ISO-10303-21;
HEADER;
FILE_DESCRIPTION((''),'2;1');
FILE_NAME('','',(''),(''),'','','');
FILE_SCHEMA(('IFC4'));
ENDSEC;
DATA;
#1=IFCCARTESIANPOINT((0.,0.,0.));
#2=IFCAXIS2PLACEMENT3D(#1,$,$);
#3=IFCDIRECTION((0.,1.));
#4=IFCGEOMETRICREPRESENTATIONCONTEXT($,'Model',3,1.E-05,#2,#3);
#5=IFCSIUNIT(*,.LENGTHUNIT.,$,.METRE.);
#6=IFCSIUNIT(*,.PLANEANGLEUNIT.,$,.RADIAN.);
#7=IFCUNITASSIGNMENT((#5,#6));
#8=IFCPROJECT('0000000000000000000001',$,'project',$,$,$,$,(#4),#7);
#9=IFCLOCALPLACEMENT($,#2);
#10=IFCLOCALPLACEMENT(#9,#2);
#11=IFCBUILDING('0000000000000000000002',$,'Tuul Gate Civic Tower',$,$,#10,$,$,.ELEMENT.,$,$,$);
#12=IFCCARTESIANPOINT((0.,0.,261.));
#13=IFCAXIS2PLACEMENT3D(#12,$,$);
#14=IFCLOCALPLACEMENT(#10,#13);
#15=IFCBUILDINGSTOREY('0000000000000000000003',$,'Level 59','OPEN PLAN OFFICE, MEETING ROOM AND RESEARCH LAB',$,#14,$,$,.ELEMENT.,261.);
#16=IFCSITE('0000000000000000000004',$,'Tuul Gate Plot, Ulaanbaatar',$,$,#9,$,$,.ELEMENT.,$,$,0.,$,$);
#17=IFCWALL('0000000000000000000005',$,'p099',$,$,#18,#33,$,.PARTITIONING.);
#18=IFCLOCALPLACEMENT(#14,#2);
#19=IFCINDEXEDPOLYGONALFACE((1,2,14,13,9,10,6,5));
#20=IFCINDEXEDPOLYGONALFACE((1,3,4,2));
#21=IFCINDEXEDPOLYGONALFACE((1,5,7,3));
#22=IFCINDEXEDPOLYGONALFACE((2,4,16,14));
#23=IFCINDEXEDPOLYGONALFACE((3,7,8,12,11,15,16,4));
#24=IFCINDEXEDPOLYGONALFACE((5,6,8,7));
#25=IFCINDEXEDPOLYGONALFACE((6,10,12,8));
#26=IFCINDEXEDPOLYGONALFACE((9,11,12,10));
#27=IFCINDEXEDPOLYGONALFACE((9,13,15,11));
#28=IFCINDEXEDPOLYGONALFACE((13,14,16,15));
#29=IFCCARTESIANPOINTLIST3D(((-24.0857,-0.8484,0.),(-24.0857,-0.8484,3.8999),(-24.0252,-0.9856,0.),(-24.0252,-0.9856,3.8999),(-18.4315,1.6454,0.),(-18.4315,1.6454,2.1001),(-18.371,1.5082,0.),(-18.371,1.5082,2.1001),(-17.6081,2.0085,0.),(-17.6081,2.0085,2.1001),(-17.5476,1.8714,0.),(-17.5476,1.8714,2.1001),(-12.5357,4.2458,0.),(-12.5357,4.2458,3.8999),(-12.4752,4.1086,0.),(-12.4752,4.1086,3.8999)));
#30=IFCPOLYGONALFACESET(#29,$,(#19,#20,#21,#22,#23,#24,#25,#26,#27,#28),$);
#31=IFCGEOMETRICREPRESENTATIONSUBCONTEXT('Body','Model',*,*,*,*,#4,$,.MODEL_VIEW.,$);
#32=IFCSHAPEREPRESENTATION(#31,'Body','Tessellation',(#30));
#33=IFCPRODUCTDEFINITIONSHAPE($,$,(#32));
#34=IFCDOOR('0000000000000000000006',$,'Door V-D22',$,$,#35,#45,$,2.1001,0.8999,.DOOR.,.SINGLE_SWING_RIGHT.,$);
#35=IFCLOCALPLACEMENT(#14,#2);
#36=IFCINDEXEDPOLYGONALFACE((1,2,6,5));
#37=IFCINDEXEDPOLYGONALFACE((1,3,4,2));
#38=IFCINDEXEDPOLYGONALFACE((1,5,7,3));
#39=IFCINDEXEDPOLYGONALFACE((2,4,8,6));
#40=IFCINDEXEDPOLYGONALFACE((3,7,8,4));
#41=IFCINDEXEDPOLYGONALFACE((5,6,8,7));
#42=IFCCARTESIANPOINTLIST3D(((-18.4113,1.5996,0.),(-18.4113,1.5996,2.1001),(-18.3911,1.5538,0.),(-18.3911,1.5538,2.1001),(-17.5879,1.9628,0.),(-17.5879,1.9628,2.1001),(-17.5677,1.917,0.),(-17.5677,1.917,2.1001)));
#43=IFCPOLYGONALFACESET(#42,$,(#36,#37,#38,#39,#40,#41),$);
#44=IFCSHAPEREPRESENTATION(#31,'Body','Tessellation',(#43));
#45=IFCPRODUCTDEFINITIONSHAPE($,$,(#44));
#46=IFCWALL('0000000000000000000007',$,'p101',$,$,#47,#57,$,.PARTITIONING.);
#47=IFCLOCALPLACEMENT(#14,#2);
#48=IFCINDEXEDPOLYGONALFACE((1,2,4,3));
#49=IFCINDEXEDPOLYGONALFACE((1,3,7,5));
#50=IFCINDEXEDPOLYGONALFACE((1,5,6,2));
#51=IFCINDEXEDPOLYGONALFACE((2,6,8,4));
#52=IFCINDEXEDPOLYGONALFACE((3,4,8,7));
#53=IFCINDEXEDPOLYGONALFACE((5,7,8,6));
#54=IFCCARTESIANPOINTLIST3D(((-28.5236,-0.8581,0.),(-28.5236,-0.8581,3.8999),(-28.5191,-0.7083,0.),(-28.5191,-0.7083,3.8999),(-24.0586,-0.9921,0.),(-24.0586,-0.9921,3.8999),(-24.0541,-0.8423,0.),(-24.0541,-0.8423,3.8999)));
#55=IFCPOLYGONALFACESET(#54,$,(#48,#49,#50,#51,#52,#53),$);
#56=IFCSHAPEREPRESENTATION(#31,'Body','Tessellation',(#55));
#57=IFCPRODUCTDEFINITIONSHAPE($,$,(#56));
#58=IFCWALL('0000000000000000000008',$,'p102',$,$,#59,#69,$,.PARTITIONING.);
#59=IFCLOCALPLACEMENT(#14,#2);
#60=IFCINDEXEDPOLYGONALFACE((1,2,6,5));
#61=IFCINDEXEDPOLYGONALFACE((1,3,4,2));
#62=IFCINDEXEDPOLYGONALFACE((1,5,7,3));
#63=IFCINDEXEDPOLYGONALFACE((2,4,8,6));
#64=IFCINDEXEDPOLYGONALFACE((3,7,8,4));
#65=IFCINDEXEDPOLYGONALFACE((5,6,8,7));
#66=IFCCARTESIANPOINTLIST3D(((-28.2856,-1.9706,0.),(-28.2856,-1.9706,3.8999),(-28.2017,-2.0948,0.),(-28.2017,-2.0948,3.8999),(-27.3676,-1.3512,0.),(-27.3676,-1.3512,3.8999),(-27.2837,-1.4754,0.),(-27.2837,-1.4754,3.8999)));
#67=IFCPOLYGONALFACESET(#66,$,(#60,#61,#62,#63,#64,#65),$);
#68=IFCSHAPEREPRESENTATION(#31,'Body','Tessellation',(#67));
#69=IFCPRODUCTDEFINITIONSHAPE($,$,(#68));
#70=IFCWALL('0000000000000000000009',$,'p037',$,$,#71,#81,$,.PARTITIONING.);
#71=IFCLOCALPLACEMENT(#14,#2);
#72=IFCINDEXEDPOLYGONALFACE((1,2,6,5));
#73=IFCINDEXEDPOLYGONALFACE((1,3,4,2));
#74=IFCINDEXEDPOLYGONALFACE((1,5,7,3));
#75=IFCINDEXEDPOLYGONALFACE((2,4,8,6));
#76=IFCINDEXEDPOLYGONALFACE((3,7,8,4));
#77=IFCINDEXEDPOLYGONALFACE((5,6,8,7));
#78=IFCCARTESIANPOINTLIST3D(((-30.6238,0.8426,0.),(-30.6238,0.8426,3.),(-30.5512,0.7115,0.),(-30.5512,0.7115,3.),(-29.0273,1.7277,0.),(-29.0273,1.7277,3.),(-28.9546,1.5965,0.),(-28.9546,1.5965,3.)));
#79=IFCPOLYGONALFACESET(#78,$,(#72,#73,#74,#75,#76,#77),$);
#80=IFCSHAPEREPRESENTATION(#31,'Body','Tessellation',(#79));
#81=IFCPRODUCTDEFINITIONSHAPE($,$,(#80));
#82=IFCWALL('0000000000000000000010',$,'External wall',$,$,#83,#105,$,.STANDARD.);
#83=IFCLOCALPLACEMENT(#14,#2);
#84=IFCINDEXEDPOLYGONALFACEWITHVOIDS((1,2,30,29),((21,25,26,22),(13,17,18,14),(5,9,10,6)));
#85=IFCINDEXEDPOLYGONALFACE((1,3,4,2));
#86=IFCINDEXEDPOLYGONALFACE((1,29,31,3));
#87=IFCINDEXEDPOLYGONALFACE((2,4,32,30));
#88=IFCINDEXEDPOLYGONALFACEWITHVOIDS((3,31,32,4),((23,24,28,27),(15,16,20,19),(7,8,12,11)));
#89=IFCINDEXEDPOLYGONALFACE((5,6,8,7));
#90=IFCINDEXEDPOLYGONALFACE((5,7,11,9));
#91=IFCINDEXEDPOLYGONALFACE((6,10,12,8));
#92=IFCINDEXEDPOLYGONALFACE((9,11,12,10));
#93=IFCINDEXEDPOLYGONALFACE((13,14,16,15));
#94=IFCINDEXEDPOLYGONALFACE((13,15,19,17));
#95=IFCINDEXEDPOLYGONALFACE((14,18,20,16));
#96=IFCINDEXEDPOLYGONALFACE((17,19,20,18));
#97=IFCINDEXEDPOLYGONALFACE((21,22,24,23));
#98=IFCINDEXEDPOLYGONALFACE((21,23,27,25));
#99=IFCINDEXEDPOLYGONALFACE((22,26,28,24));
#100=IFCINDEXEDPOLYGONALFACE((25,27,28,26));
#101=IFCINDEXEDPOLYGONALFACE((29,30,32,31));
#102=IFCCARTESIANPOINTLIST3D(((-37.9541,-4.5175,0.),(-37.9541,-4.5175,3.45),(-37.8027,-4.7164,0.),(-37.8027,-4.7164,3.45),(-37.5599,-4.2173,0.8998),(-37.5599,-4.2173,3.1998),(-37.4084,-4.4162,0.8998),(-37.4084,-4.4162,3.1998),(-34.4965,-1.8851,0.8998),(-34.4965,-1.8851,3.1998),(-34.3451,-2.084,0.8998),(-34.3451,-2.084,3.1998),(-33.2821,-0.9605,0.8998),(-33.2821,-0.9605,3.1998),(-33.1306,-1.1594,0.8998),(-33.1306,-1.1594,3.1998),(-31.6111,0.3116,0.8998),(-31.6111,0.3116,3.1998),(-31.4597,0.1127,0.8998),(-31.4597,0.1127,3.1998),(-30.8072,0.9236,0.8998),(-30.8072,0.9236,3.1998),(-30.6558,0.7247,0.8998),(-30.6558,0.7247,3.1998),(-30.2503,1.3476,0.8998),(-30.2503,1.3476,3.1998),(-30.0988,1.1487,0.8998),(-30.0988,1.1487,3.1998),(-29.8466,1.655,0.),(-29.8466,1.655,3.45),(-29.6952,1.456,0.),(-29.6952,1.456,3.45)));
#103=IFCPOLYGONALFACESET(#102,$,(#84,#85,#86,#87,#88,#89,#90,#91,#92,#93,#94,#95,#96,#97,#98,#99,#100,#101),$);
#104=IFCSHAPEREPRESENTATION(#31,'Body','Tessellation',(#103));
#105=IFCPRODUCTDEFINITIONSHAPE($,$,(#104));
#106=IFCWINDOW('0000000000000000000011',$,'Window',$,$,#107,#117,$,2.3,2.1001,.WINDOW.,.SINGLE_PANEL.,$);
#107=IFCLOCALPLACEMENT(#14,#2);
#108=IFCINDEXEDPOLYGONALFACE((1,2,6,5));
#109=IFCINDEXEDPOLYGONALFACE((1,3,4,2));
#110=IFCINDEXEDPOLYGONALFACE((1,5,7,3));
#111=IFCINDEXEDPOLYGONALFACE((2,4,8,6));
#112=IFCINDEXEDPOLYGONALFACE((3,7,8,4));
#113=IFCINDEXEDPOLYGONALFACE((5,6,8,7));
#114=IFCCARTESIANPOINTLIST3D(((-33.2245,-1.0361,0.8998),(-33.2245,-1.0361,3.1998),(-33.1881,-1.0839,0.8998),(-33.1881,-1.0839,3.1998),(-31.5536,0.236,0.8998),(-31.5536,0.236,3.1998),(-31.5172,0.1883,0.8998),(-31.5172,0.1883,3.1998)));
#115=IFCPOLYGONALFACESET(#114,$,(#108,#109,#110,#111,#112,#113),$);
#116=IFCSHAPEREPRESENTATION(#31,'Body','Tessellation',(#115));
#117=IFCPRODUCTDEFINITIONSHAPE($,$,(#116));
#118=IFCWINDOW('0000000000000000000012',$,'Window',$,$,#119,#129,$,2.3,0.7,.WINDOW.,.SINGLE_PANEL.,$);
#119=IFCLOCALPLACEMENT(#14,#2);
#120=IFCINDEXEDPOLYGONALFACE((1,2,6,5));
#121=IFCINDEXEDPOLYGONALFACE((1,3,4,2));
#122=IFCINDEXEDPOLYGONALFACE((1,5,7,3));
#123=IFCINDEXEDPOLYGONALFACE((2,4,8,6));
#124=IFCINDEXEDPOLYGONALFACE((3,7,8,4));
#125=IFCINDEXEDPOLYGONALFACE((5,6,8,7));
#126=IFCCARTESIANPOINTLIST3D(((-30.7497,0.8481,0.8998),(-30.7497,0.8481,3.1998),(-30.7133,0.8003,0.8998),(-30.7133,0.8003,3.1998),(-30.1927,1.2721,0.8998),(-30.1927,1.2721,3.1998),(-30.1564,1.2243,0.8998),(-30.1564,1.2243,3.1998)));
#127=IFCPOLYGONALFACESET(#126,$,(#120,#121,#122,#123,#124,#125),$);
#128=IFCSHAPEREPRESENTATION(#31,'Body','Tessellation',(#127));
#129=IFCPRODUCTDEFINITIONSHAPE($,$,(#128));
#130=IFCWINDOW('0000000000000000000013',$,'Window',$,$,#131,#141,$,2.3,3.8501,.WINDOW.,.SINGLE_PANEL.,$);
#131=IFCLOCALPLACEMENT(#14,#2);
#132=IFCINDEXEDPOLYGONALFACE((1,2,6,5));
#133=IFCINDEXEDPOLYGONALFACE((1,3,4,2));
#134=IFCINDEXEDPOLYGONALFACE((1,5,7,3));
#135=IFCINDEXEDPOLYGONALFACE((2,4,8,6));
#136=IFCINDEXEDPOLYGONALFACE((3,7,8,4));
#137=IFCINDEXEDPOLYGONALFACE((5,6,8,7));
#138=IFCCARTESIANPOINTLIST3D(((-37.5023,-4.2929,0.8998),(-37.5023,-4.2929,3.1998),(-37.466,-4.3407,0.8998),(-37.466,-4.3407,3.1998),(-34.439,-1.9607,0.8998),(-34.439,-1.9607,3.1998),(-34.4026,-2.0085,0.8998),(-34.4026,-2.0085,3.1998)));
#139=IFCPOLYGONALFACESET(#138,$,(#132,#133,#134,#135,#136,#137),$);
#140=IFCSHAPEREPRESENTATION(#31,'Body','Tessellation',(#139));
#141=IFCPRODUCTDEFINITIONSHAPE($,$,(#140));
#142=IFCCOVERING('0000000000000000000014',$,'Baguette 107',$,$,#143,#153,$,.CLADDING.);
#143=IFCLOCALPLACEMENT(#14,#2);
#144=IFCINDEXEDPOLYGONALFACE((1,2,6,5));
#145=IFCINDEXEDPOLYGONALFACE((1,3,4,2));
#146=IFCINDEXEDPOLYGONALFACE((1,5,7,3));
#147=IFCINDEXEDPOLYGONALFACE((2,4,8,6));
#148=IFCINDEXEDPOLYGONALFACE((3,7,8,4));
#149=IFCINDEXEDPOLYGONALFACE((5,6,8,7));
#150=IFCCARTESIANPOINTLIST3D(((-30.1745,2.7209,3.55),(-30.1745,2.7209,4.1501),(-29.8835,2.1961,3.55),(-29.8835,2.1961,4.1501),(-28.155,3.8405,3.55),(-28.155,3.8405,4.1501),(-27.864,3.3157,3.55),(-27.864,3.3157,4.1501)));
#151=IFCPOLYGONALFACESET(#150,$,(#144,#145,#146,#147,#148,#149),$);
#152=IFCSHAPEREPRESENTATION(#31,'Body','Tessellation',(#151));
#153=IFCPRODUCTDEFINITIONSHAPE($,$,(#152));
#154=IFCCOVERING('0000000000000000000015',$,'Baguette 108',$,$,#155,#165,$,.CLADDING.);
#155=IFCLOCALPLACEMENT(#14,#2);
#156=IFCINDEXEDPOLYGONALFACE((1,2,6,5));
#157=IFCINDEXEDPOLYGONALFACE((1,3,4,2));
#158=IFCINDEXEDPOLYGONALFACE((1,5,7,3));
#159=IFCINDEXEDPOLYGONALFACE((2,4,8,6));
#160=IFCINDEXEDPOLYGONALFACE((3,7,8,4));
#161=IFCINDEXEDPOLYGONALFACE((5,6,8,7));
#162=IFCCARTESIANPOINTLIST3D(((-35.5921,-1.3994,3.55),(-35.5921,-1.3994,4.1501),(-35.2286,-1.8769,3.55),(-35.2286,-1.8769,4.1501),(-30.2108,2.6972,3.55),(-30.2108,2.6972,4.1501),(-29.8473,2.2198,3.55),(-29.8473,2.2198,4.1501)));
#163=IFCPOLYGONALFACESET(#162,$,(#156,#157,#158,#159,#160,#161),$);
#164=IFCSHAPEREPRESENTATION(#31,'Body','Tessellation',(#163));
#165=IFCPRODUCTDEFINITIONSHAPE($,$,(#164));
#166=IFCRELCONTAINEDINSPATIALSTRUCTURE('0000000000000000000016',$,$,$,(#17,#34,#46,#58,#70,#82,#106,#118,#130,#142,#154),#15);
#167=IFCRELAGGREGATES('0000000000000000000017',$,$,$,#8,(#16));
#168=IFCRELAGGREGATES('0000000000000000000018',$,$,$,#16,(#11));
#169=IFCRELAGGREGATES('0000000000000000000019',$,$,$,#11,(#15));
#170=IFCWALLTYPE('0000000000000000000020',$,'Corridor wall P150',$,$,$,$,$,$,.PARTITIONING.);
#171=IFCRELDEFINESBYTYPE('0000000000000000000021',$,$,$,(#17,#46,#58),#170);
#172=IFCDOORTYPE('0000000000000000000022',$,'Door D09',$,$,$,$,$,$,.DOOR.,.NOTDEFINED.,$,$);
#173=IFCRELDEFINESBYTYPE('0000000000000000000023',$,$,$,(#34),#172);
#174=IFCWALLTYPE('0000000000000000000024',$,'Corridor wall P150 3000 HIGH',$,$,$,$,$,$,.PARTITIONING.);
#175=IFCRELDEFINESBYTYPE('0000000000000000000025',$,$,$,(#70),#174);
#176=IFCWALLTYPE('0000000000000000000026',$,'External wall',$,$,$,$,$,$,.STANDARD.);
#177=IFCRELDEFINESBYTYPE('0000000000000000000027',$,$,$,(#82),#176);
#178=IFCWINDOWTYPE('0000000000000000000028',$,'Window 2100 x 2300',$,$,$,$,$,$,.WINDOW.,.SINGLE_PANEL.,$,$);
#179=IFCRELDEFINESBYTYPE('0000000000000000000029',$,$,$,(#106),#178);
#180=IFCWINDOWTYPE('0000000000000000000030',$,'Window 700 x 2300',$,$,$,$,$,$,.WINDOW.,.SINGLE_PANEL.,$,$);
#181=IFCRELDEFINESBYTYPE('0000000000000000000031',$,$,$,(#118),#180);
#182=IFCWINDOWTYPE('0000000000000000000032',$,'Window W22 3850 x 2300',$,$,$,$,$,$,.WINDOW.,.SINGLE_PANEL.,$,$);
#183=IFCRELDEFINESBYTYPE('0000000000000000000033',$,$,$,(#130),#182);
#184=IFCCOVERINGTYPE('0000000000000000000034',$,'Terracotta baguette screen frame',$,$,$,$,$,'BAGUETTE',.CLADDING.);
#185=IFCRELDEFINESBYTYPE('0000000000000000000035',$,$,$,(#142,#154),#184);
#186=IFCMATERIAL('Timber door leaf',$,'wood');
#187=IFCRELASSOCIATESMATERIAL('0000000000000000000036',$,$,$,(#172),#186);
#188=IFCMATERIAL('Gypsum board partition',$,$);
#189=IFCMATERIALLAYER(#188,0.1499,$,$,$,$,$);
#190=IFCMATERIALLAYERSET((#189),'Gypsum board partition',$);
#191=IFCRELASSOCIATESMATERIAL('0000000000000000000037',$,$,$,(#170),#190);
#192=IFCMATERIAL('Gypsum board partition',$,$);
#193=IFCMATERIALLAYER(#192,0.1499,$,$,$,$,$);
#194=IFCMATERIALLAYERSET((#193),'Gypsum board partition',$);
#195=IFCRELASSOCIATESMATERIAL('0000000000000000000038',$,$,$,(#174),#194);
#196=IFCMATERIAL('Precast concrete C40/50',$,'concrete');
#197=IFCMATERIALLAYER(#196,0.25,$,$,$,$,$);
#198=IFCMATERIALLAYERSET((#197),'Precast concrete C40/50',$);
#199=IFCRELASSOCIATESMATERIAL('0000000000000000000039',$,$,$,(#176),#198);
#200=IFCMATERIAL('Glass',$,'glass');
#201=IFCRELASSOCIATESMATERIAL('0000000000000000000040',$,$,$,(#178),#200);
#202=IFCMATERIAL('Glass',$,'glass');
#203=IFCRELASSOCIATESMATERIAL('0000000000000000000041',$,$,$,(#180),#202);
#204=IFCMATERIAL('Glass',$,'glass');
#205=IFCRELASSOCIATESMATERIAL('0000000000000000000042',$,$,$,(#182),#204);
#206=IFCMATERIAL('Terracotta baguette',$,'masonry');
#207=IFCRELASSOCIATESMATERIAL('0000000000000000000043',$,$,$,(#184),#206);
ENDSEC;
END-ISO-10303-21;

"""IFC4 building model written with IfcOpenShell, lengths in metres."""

from ifc_helpers import new_model, si_unit, direction, frame, frame_2d, origin, origin_2d, place, context, subcontext, project, spatial, rectangle, extrude, material, layer, layer_set, material_profile, profile_set, type_object, element, fill, save


model = new_model("IFC4")

# Units and contexts
model_context = context("Model", 3, precision=1e-05, world=origin(), true_north=direction((0.0, 1.0)))
body_context = subcontext(model_context, "Body", "Model", "MODEL_VIEW")
ifc_project = project(units=[si_unit("LENGTHUNIT", "METRE"), si_unit("PLANEANGLEUNIT", "RADIAN")], contexts=[model_context])

# Site, building, storey
site_placement = place(None, origin())
site = spatial("IfcSite", under=ifc_project, at=site_placement, Name="Tuul Gate Plot, Ulaanbaatar", CompositionType="ELEMENT", RefElevation=0.0)
building_placement = place(site_placement, origin())
building = spatial("IfcBuilding", under=site, at=building_placement, Name="Tuul Gate Civic Tower", CompositionType="ELEMENT")
storey_placement = place(building_placement, frame((0.0, 0.0, 261.0)))
storey = spatial("IfcBuildingStorey", under=building, at=storey_placement, Name="Level 59", Description="OPEN PLAN OFFICE, MEETING ROOM AND RESEARCH LAB", CompositionType="ELEMENT", Elevation=261.0)

# Shared definitions
ifc_material_1 = material(Name="Timber door leaf", Category="wood")
door_type_1 = type_object("IfcDoorType", Name="Door D09", OperationType="NOTDEFINED", PredefinedType="DOOR", material=ifc_material_1)

# Shared definitions
ifc_material_2 = material(Name="Gypsum board partition")
ifc_layer_1 = layer(ifc_material_2, 0.1499)
ifc_layer_set_1 = layer_set([ifc_layer_1], Name="Gypsum board partition")
wall_type_1 = type_object("IfcWallType", Name="Corridor wall P150", PredefinedType="PARTITIONING", material=ifc_layer_set_1)

# Wall, opening, door
wall_1_placement = place(storey_placement, frame((-24.0554, -0.917, 0.0), z_axis=(0.0, 0.0, 1.0), x_axis=(0.914958, 0.403549, 0.0)))
wall_1 = element("IfcWall", 1, at=wall_1_placement, inside=storey, type_object=wall_type_1, Name="p099", PredefinedType="PARTITIONING", context=body_context, shape_type="SweptSolid", body=[
    extrude(rectangle(XDim=12.6235, YDim=0.1499, at=frame_2d((6.3118, 0.0))), origin(), (0.0, 0.0, 1.0), 3.8999),
])
opening_1_placement = place(wall_1_placement, frame((6.1797, 0.0, 0.0)))
opening_1 = element("IfcOpeningElement", 2, at=opening_1_placement, cuts=wall_1, PredefinedType="OPENING", context=body_context, shape_type="SweptSolid", body=[
    extrude(rectangle(XDim=0.8999, YDim=2.1001, at=frame_2d((0.45, 1.05))), frame((0.0, 0.085, 0.0), z_axis=(0.0, -1.0, 0.0), x_axis=(1.0, 0.0, 0.0)), (0.0, 0.0, 1.0), 0.1699),
])
door_1_placement = place(opening_1_placement, origin())
door_1 = element("IfcDoor", 3, at=door_1_placement, inside=storey, type_object=door_type_1, Name="Door V-D22", OperationType="SINGLE_SWING_RIGHT", OverallHeight=2.1001, OverallWidth=0.8999, PredefinedType="DOOR", context=body_context, shape_type="SweptSolid", body=[
    extrude(rectangle(XDim=0.8999, YDim=2.1001, at=frame_2d((0.45, 1.05))), frame((0.0, 0.0249, 0.0), z_axis=(0.0, -1.0, 0.0), x_axis=(1.0, 0.0, 0.0)), (0.0, 0.0, 1.0), 0.05),
])
fill(opening_1, door_1)

# Walls
wall_2_placement = place(storey_placement, frame((-28.5212, -0.7832, 0.0), z_axis=(0.0, 0.0, 1.0), x_axis=(0.99955, -0.030005, 0.0)))
element("IfcWall", 4, at=wall_2_placement, inside=storey, type_object=wall_type_1, Name="p101", PredefinedType="PARTITIONING", context=body_context, shape_type="SweptSolid", body=[
    extrude(rectangle(XDim=4.467, YDim=0.1499, at=frame_2d((2.2334, 0.0))), origin(), (0.0, 0.0, 1.0), 3.8999),
])
wall_3_placement = place(storey_placement, frame((-28.2437, -2.0327, 0.0), z_axis=(0.0, 0.0, 1.0), x_axis=(0.828951, 0.559321, 0.0)))
element("IfcWall", 5, at=wall_3_placement, inside=storey, type_object=wall_type_1, Name="p102", PredefinedType="PARTITIONING", context=body_context, shape_type="SweptSolid", body=[
    extrude(rectangle(XDim=1.1074, YDim=0.1499, at=frame_2d((0.5537, 0.0))), origin(), (0.0, 0.0, 1.0), 3.8999),
])
ifc_material_3 = material(Name="Gypsum board partition")
ifc_layer_2 = layer(ifc_material_3, 0.1499)
ifc_layer_set_2 = layer_set([ifc_layer_2], Name="Gypsum board partition")
wall_type_2 = type_object("IfcWallType", Name="Corridor wall P150 3000 HIGH", PredefinedType="PARTITIONING", material=ifc_layer_set_2)
wall_4_placement = place(storey_placement, frame((-30.5874, 0.7771, 0.0), z_axis=(0.0, 0.0, 1.0), x_axis=(0.874599, 0.484848, 0.0)))
element("IfcWall", 6, at=wall_4_placement, inside=storey, type_object=wall_type_2, Name="p037", PredefinedType="PARTITIONING", context=body_context, shape_type="SweptSolid", body=[
    extrude(rectangle(XDim=1.8254, YDim=0.1499, at=frame_2d((0.9126, 0.0))), origin(), (0.0, 0.0, 1.0), 3.0),
])

# Wall, openings, windows
ifc_material_4 = material(Name="Precast concrete C40/50", Category="concrete")
ifc_layer_3 = layer(ifc_material_4, 0.25)
ifc_layer_set_3 = layer_set([ifc_layer_3], Name="Precast concrete C40/50")
wall_type_3 = type_object("IfcWallType", Name="External wall", PredefinedType="STANDARD", material=ifc_layer_set_3)
wall_5_placement = place(storey_placement, frame((-29.771, 1.5554, 0.0), z_axis=(0.0, 0.0, 1.0), x_axis=(-0.795655, -0.60575, 0.0)))
wall_5 = element("IfcWall", 7, at=wall_5_placement, inside=storey, type_object=wall_type_3, Name="External wall", PredefinedType="STANDARD", context=body_context, shape_type="SweptSolid", body=[
    extrude(rectangle(XDim=10.1897, YDim=0.25, at=frame_2d((5.0947, 0.0))), origin(), (0.0, 0.0, 1.0), 3.45),
])
opening_2_placement = place(wall_5_placement, frame((5.844, 0.0, 0.8999)))
opening_2 = element("IfcOpeningElement", 8, at=opening_2_placement, cuts=wall_5, PredefinedType="OPENING", context=body_context, shape_type="SweptSolid", body=[
    extrude(rectangle(XDim=3.8501, YDim=2.3, at=frame_2d((1.925, 1.1499))), frame((0.0, 0.135, 0.0), z_axis=(0.0, -1.0, 0.0), x_axis=(1.0, 0.0, 0.0)), (0.0, 0.0, 1.0), 0.27),
])
opening_3_placement = place(wall_5_placement, frame((0.5071, 0.0, 0.8999)))
opening_3 = element("IfcOpeningElement", 9, at=opening_3_placement, cuts=wall_5, PredefinedType="OPENING", context=body_context, shape_type="SweptSolid", body=[
    extrude(rectangle(XDim=0.7, YDim=2.3, at=frame_2d((0.3501, 1.1499))), frame((0.0, 0.135, 0.0), z_axis=(0.0, -1.0, 0.0), x_axis=(1.0, 0.0, 0.0)), (0.0, 0.0, 1.0), 0.27),
])
opening_4_placement = place(wall_5_placement, frame((2.2175, 0.0, 0.8999)))
opening_4 = element("IfcOpeningElement", 10, at=opening_4_placement, cuts=wall_5, PredefinedType="OPENING", context=body_context, shape_type="SweptSolid", body=[
    extrude(rectangle(XDim=2.1001, YDim=2.3, at=frame_2d((1.05, 1.1499))), frame((0.0, 0.135, 0.0), z_axis=(0.0, -1.0, 0.0), x_axis=(1.0, 0.0, 0.0)), (0.0, 0.0, 1.0), 0.27),
])
ifc_material_5 = material(Name="Glass", Category="glass")
window_type_1 = type_object("IfcWindowType", Name="Window 2100 x 2300", PartitioningType="SINGLE_PANEL", PredefinedType="WINDOW", material=ifc_material_5)
window_1_placement = place(opening_4_placement, origin())
window_1 = element("IfcWindow", 11, at=window_1_placement, inside=storey, type_object=window_type_1, Name="Window", OverallHeight=2.3, OverallWidth=2.1001, PartitioningType="SINGLE_PANEL", PredefinedType="WINDOW", context=body_context, shape_type="SweptSolid", body=[
    extrude(rectangle(XDim=2.1001, YDim=2.3, at=frame_2d((1.05, 1.1499))), frame((0.0, 0.03, 0.0), z_axis=(0.0, -1.0, 0.0), x_axis=(1.0, 0.0, 0.0)), (0.0, 0.0, 1.0), 0.0601),
])
fill(opening_4, window_1)
ifc_material_6 = material(Name="Glass", Category="glass")
window_type_2 = type_object("IfcWindowType", Name="Window 700 x 2300", PartitioningType="SINGLE_PANEL", PredefinedType="WINDOW", material=ifc_material_6)
window_2_placement = place(opening_3_placement, origin())
window_2 = element("IfcWindow", 12, at=window_2_placement, inside=storey, type_object=window_type_2, Name="Window", OverallHeight=2.3, OverallWidth=0.7, PartitioningType="SINGLE_PANEL", PredefinedType="WINDOW", context=body_context, shape_type="SweptSolid", body=[
    extrude(rectangle(XDim=0.7, YDim=2.3, at=frame_2d((0.3501, 1.1499))), frame((0.0, 0.03, 0.0), z_axis=(0.0, -1.0, 0.0), x_axis=(1.0, 0.0, 0.0)), (0.0, 0.0, 1.0), 0.0601),
])
fill(opening_3, window_2)
ifc_material_7 = material(Name="Glass", Category="glass")
window_type_3 = type_object("IfcWindowType", Name="Window W22 3850 x 2300", PartitioningType="SINGLE_PANEL", PredefinedType="WINDOW", material=ifc_material_7)
window_3_placement = place(opening_2_placement, origin())
window_3 = element("IfcWindow", 13, at=window_3_placement, inside=storey, type_object=window_type_3, Name="Window", OverallHeight=2.3, OverallWidth=3.8501, PartitioningType="SINGLE_PANEL", PredefinedType="WINDOW", context=body_context, shape_type="SweptSolid", body=[
    extrude(rectangle(XDim=3.8501, YDim=2.3, at=frame_2d((1.925, 1.1499))), frame((0.0, 0.03, 0.0), z_axis=(0.0, -1.0, 0.0), x_axis=(1.0, 0.0, 0.0)), (0.0, 0.0, 1.0), 0.0601),
])
fill(opening_2, window_3)

# Coverings
ifc_material_8 = material(Name="Terracotta baguette", Category="masonry")
ifc_material_profile_1 = material_profile(ifc_material_8, rectangle(XDim=0.6001, YDim=0.6001, at=origin_2d()), Name="Terracotta baguette screen frame")
ifc_profile_set_1 = profile_set([ifc_material_profile_1], Name="Terracotta baguette")
covering_type = type_object("IfcCoveringType", Name="Terracotta baguette screen frame", ElementType="BAGUETTE", PredefinedType="CLADDING", material=ifc_profile_set_1)
covering_1_placement = place(storey_placement, frame((-28.0095, 3.5781, 3.8501), z_axis=(-0.874586, -0.484871, 0.0), x_axis=(0.484871, -0.874586, 0.0)))
element("IfcCovering", 14, at=covering_1_placement, inside=storey, type_object=covering_type, Name="Baguette 107", PredefinedType="CLADDING", context=body_context, shape_type="SweptSolid", body=[
    extrude(rectangle(XDim=0.6001, YDim=0.6001, at=origin_2d()), origin(), (0.0, 0.0, 1.0), 2.3091),
])
covering_2_placement = place(storey_placement, frame((-30.0291, 2.4585, 3.8501), z_axis=(-0.795674, -0.605726, 0.0), x_axis=(0.605726, -0.795674, 0.0)))
element("IfcCovering", 15, at=covering_2_placement, inside=storey, type_object=covering_type, Name="Baguette 108", PredefinedType="CLADDING", context=body_context, shape_type="SweptSolid", body=[
    extrude(rectangle(XDim=0.6001, YDim=0.6001, at=origin_2d()), origin(), (0.0, 0.0, 1.0), 6.7632),
])

save(model, "model.ifc")
